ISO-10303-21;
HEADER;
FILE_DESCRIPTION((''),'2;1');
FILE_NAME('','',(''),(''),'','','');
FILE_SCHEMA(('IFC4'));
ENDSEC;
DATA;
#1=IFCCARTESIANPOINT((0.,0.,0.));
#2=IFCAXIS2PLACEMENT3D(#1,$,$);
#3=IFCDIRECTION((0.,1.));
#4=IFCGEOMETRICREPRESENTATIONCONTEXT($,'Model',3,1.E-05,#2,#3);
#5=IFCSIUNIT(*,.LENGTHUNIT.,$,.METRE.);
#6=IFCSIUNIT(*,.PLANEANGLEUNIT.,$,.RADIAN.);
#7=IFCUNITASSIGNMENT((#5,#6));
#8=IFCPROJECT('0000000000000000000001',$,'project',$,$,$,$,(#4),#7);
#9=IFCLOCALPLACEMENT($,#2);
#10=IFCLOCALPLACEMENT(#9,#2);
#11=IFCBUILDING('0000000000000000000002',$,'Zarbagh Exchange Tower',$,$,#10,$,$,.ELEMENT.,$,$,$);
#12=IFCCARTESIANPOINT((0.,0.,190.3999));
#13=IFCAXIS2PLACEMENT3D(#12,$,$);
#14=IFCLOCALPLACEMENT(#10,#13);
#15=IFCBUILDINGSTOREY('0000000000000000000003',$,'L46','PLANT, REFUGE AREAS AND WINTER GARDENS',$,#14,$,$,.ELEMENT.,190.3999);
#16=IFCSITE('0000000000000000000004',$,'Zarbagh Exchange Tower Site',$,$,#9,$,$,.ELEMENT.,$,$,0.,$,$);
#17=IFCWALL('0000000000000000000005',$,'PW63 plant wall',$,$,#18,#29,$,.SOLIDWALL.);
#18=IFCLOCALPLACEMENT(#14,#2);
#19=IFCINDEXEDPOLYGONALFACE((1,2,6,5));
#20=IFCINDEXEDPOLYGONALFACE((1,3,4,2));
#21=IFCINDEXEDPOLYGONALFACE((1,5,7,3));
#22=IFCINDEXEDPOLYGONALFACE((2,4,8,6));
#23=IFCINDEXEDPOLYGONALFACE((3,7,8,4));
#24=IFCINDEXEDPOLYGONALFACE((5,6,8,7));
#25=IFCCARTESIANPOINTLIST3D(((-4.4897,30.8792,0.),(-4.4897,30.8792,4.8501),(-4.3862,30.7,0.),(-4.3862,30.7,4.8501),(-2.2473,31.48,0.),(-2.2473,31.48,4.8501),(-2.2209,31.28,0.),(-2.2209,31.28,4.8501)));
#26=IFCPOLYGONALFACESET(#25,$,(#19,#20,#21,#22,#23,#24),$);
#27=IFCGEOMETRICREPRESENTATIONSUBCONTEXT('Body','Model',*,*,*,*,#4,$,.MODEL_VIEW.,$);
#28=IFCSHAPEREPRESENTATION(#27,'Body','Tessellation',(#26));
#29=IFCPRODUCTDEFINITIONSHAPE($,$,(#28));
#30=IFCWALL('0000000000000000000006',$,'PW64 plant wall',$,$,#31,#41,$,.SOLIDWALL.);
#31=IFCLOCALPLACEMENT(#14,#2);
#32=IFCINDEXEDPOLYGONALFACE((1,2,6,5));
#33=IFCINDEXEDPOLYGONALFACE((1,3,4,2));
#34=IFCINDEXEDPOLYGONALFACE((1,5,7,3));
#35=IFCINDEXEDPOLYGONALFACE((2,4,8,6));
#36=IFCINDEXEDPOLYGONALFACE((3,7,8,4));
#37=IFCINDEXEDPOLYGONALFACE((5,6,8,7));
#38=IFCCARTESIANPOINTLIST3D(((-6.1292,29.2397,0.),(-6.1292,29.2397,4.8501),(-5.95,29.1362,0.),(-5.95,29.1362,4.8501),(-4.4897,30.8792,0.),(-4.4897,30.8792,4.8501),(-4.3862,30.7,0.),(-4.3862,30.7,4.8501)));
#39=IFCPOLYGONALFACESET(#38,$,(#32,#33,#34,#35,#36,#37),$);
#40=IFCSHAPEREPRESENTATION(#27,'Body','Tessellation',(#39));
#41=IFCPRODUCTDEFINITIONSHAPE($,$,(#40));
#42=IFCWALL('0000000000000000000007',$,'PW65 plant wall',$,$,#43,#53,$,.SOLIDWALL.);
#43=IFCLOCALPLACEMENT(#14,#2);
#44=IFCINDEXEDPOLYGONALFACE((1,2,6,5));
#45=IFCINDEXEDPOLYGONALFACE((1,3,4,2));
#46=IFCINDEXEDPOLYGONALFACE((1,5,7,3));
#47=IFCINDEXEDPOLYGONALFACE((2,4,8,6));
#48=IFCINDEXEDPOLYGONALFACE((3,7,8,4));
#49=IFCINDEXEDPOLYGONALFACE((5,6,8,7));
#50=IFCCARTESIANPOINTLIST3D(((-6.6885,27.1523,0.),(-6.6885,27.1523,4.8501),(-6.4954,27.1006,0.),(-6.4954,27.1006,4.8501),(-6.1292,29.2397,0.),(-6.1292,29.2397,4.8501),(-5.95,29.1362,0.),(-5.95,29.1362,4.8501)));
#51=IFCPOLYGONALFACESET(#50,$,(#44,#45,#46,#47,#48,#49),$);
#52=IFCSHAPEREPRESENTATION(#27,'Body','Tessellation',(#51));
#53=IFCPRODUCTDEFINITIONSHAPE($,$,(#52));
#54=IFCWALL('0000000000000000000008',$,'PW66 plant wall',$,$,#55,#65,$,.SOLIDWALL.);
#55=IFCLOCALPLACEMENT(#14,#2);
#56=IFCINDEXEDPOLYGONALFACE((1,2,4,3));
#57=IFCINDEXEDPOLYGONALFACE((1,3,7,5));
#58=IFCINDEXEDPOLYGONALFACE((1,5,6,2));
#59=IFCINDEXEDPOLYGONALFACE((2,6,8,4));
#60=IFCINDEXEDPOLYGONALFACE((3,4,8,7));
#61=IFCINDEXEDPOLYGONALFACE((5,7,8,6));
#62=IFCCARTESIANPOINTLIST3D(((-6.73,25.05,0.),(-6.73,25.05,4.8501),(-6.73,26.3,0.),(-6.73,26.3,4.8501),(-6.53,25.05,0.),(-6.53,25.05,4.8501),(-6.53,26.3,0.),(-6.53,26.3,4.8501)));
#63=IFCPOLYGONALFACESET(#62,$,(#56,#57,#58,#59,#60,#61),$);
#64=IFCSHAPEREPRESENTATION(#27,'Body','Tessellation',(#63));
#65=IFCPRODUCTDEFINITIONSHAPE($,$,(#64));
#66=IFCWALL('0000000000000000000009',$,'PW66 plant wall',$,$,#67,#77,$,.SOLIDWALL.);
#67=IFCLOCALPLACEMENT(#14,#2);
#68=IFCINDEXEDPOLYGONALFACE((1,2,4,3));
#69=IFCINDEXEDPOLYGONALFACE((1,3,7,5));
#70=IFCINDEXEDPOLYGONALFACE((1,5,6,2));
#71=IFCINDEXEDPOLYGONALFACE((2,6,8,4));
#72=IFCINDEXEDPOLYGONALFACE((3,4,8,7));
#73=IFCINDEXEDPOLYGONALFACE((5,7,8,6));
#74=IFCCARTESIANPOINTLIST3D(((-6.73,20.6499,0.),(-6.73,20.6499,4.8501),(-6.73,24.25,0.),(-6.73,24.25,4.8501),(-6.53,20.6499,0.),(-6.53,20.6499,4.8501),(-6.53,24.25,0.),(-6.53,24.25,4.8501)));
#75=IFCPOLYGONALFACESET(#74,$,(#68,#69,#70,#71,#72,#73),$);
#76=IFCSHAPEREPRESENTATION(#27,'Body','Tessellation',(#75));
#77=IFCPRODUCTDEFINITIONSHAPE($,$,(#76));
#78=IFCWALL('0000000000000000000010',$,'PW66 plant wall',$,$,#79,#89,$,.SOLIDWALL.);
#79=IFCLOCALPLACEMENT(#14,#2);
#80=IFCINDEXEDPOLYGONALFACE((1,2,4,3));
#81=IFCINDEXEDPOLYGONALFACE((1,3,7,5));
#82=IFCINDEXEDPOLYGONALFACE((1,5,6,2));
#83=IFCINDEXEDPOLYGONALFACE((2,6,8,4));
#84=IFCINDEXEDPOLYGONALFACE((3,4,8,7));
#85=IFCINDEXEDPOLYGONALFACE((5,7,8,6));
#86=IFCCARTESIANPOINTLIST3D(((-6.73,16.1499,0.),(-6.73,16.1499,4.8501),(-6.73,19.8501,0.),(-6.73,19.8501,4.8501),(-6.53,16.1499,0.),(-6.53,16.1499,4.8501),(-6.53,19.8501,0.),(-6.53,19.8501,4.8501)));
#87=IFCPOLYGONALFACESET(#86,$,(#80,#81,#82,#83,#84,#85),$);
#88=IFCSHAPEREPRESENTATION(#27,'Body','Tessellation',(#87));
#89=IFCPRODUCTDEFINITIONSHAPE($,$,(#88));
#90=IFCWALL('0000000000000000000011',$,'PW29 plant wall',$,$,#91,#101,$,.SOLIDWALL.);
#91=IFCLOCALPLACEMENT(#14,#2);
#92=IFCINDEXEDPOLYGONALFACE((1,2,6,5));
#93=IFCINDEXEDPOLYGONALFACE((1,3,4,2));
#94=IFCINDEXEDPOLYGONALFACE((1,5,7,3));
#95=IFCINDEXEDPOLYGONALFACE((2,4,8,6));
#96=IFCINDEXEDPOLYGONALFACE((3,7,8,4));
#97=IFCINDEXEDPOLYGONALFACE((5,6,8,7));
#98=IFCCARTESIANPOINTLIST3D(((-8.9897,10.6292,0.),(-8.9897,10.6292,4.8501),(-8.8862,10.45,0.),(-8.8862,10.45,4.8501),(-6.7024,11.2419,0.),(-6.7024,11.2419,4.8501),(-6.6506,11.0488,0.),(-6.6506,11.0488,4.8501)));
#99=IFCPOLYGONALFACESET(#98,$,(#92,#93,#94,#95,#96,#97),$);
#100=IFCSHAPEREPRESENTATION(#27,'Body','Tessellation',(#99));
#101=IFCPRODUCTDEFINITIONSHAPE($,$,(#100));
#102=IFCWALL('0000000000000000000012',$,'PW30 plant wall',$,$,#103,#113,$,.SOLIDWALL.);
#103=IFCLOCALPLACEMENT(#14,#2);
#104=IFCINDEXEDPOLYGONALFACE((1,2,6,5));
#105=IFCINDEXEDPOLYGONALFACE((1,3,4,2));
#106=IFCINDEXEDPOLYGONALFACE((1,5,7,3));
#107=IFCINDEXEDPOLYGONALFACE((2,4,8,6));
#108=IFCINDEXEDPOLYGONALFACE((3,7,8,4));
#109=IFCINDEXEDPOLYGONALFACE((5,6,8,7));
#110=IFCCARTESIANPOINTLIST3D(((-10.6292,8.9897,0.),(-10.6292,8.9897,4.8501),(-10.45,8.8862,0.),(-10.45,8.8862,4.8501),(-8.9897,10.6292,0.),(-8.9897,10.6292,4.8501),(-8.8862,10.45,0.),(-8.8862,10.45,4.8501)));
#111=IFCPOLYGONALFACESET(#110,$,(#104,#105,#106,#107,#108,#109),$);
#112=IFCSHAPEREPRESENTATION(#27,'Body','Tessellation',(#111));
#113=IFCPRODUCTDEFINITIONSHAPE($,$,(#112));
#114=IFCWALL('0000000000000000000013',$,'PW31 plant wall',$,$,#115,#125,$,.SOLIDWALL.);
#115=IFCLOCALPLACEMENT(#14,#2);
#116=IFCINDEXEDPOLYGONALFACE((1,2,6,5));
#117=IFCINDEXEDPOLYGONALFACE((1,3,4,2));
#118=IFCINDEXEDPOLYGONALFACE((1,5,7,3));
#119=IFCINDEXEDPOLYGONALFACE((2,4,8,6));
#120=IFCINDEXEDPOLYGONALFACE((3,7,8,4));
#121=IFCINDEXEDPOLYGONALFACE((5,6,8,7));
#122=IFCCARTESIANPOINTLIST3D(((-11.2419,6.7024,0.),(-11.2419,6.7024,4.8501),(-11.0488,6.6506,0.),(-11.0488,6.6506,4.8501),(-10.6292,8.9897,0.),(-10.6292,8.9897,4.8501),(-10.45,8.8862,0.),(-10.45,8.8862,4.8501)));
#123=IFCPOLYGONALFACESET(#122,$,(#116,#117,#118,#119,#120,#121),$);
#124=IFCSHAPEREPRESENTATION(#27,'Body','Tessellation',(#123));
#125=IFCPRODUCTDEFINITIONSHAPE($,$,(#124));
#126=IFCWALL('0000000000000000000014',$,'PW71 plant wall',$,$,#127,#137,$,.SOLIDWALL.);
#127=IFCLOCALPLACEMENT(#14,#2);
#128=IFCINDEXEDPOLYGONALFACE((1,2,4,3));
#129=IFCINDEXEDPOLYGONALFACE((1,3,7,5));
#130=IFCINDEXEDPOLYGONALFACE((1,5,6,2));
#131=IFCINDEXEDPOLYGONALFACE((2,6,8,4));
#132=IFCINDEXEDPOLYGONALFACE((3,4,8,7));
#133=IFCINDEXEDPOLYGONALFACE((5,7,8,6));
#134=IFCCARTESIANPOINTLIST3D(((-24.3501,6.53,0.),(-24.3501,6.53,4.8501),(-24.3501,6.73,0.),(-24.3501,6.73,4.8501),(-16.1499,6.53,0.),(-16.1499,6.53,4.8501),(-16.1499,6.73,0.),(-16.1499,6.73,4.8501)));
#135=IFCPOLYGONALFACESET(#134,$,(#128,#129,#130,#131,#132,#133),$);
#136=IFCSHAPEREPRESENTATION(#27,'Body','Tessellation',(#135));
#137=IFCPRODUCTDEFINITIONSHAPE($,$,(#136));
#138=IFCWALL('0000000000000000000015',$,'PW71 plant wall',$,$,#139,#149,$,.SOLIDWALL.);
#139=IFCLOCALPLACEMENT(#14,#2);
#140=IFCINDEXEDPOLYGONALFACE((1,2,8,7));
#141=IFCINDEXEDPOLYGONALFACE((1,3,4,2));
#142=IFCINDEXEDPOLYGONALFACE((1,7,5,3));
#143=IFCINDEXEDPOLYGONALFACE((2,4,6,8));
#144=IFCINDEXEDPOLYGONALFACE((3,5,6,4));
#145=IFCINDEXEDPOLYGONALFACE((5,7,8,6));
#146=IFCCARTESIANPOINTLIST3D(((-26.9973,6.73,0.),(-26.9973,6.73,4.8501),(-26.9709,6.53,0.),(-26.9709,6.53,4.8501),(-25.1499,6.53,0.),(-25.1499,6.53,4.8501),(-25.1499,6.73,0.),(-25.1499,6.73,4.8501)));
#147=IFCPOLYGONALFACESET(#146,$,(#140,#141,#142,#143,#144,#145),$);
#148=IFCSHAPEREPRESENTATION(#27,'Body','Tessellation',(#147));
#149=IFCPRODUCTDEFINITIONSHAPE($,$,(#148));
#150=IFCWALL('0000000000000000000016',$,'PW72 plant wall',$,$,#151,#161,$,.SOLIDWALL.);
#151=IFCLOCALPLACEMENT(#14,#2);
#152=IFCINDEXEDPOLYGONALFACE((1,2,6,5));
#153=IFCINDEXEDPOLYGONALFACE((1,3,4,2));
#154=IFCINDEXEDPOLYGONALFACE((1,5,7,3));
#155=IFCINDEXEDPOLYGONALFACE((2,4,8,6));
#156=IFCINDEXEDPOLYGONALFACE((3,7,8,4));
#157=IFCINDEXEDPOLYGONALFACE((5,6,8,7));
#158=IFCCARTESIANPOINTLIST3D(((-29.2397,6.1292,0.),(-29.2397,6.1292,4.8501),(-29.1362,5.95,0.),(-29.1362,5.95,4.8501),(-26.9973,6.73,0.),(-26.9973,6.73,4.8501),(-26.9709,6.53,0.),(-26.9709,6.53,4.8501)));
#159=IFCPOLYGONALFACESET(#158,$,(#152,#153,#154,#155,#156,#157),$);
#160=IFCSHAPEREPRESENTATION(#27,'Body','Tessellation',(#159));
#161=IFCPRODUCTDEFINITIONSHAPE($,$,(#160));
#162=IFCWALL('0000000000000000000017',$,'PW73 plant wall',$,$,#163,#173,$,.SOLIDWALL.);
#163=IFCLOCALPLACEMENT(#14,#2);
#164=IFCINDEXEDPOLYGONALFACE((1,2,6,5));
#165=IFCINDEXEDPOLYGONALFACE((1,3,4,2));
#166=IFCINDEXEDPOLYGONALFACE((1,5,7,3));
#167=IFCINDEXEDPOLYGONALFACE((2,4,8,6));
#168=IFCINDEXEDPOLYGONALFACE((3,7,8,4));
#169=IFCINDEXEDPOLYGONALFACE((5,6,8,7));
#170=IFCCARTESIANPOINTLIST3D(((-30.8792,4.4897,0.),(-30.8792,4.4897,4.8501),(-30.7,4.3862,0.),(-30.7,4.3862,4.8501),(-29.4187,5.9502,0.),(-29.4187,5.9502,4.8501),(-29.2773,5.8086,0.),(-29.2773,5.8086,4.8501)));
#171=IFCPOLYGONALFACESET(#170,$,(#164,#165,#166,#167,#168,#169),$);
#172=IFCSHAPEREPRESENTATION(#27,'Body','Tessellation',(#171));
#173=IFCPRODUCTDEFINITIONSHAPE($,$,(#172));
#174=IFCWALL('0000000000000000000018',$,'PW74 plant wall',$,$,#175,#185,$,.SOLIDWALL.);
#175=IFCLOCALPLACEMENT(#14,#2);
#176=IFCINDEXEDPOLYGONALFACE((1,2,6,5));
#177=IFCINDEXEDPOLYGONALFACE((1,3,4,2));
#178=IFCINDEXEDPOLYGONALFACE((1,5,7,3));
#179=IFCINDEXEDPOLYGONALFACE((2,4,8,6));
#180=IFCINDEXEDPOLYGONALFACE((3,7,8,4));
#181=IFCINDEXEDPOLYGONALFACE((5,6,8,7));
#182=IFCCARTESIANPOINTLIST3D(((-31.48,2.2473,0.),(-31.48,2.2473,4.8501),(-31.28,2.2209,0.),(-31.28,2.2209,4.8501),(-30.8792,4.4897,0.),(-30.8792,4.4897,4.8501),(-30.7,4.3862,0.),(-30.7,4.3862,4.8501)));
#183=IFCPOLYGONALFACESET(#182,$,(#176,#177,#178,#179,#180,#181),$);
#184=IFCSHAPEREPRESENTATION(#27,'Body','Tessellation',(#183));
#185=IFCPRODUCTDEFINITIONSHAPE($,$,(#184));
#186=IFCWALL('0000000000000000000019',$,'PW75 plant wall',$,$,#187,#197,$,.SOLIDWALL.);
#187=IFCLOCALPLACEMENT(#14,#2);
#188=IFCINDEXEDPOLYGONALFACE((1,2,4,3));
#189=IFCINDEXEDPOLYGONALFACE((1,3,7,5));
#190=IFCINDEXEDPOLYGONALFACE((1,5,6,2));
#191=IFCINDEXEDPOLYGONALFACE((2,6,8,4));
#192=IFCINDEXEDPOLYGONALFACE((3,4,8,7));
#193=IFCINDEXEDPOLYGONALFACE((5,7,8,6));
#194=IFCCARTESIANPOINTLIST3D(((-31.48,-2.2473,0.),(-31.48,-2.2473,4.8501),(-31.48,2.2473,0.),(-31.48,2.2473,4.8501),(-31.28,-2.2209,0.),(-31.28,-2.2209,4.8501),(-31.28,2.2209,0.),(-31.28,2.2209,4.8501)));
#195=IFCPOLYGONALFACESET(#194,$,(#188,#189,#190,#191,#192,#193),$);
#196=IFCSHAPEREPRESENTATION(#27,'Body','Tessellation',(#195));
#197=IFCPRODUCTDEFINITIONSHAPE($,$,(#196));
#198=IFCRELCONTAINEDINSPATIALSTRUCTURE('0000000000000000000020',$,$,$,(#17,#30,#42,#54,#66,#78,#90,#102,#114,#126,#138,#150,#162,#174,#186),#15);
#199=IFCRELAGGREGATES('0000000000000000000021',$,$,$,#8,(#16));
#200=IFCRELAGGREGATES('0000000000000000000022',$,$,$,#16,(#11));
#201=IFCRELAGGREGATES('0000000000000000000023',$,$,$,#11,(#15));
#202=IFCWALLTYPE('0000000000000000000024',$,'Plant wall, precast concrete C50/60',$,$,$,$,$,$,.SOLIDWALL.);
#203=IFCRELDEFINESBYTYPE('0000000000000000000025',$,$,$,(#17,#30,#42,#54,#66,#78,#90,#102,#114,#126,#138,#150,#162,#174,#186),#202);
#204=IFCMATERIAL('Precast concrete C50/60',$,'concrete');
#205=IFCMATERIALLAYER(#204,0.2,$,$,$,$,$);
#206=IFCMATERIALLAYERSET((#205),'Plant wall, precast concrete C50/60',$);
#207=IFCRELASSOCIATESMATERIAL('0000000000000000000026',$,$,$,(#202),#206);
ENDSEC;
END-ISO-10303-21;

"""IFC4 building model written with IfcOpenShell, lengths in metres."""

from ifc_helpers import new_model, si_unit, direction, frame, origin, place, context, subcontext, project, spatial, polyline, outline, extrude, material, layer, layer_set, type_object, element, save


model = new_model("IFC4")

# Units and contexts
model_context = context("Model", 3, precision=1e-05, world=origin(), true_north=direction((0.0, 1.0)))
body_context = subcontext(model_context, "Body", "Model", "MODEL_VIEW")
ifc_project = project(units=[si_unit("LENGTHUNIT", "METRE"), si_unit("PLANEANGLEUNIT", "RADIAN")], contexts=[model_context])

# Site, building, storey
site_placement = place(None, origin())
site = spatial("IfcSite", under=ifc_project, at=site_placement, Name="Zarbagh Exchange Tower Site", CompositionType="ELEMENT", RefElevation=0.0)
building_placement = place(site_placement, origin())
building = spatial("IfcBuilding", under=site, at=building_placement, Name="Zarbagh Exchange Tower", CompositionType="ELEMENT")
storey_placement = place(building_placement, frame((0.0, 0.0, 190.3999)))
storey = spatial("IfcBuildingStorey", under=building, at=storey_placement, Name="L46", Description="PLANT, REFUGE AREAS AND WINTER GARDENS", CompositionType="ELEMENT", Elevation=190.3999)

# Walls
ifc_material_1 = material(Name="Precast concrete C50/60", Category="concrete")
ifc_layer_1 = layer(ifc_material_1, 0.2)
ifc_layer_set_1 = layer_set([ifc_layer_1], Name="Plant wall, precast concrete C50/60")
wall_type = type_object("IfcWallType", Name="Plant wall, precast concrete C50/60", PredefinedType="SOLIDWALL", material=ifc_layer_set_1)
wall_1_placement = place(storey_placement, origin())
element("IfcWall", 1, at=wall_1_placement, inside=storey, type_object=wall_type, Name="PW63 plant wall", PredefinedType="SOLIDWALL", context=body_context, shape_type="SweptSolid", body=[
    extrude(outline(polyline([(-2.2473, 31.48), (-4.4897, 30.8792), (-4.3862, 30.7), (-2.2209, 31.28), (-2.2473, 31.48)])), origin(), (0.0, 0.0, 1.0), 4.8501),
])
wall_2_placement = place(storey_placement, origin())
element("IfcWall", 2, at=wall_2_placement, inside=storey, type_object=wall_type, Name="PW64 plant wall", PredefinedType="SOLIDWALL", context=body_context, shape_type="SweptSolid", body=[
    extrude(outline(polyline([(-4.4897, 30.8792), (-6.1292, 29.2397), (-5.95, 29.1362), (-4.3862, 30.7), (-4.4897, 30.8792)])), origin(), (0.0, 0.0, 1.0), 4.8501),
])
wall_3_placement = place(storey_placement, origin())
element("IfcWall", 3, at=wall_3_placement, inside=storey, type_object=wall_type, Name="PW65 plant wall", PredefinedType="SOLIDWALL", context=body_context, shape_type="SweptSolid", body=[
    extrude(outline(polyline([(-6.1292, 29.2397), (-6.6885, 27.1523), (-6.4954, 27.1006), (-5.95, 29.1362), (-6.1292, 29.2397)])), origin(), (0.0, 0.0, 1.0), 4.8501),
])
wall_4_placement = place(storey_placement, origin())
element("IfcWall", 4, at=wall_4_placement, inside=storey, type_object=wall_type, Name="PW66 plant wall", PredefinedType="SOLIDWALL", context=body_context, shape_type="SweptSolid", body=[
    extrude(outline(polyline([(-6.73, 26.3), (-6.73, 25.05), (-6.53, 25.05), (-6.53, 26.3), (-6.73, 26.3)])), origin(), (0.0, 0.0, 1.0), 4.8501),
])
wall_5_placement = place(storey_placement, origin())
element("IfcWall", 5, at=wall_5_placement, inside=storey, type_object=wall_type, Name="PW66 plant wall", PredefinedType="SOLIDWALL", context=body_context, shape_type="SweptSolid", body=[
    extrude(outline(polyline([(-6.73, 24.25), (-6.73, 20.6499), (-6.53, 20.6499), (-6.53, 24.25), (-6.73, 24.25)])), origin(), (0.0, 0.0, 1.0), 4.8501),
])
wall_6_placement = place(storey_placement, origin())
element("IfcWall", 6, at=wall_6_placement, inside=storey, type_object=wall_type, Name="PW66 plant wall", PredefinedType="SOLIDWALL", context=body_context, shape_type="SweptSolid", body=[
    extrude(outline(polyline([(-6.73, 19.8501), (-6.73, 16.1499), (-6.53, 16.1499), (-6.53, 19.8501), (-6.73, 19.8501)])), origin(), (0.0, 0.0, 1.0), 4.8501),
])
wall_7_placement = place(storey_placement, origin())
element("IfcWall", 7, at=wall_7_placement, inside=storey, type_object=wall_type, Name="PW29 plant wall", PredefinedType="SOLIDWALL", context=body_context, shape_type="SweptSolid", body=[
    extrude(outline(polyline([(-6.7024, 11.2419), (-8.9897, 10.6292), (-8.8862, 10.45), (-6.6506, 11.0488), (-6.7024, 11.2419)])), origin(), (0.0, 0.0, 1.0), 4.8501),
])
wall_8_placement = place(storey_placement, origin())
element("IfcWall", 8, at=wall_8_placement, inside=storey, type_object=wall_type, Name="PW30 plant wall", PredefinedType="SOLIDWALL", context=body_context, shape_type="SweptSolid", body=[
    extrude(outline(polyline([(-8.9897, 10.6292), (-10.6292, 8.9897), (-10.45, 8.8862), (-8.8862, 10.45), (-8.9897, 10.6292)])), origin(), (0.0, 0.0, 1.0), 4.8501),
])
wall_9_placement = place(storey_placement, origin())
element("IfcWall", 9, at=wall_9_placement, inside=storey, type_object=wall_type, Name="PW31 plant wall", PredefinedType="SOLIDWALL", context=body_context, shape_type="SweptSolid", body=[
    extrude(outline(polyline([(-10.6292, 8.9897), (-11.2419, 6.7024), (-11.0488, 6.6506), (-10.45, 8.8862), (-10.6292, 8.9897)])), origin(), (0.0, 0.0, 1.0), 4.8501),
])
wall_10_placement = place(storey_placement, origin())
element("IfcWall", 10, at=wall_10_placement, inside=storey, type_object=wall_type, Name="PW71 plant wall", PredefinedType="SOLIDWALL", context=body_context, shape_type="SweptSolid", body=[
    extrude(outline(polyline([(-16.1499, 6.73), (-24.3501, 6.73), (-24.3501, 6.53), (-16.1499, 6.53), (-16.1499, 6.73)])), origin(), (0.0, 0.0, 1.0), 4.8501),
])
wall_11_placement = place(storey_placement, origin())
element("IfcWall", 11, at=wall_11_placement, inside=storey, type_object=wall_type, Name="PW71 plant wall", PredefinedType="SOLIDWALL", context=body_context, shape_type="SweptSolid", body=[
    extrude(outline(polyline([(-25.1499, 6.73), (-26.9973, 6.73), (-26.9709, 6.53), (-25.1499, 6.53), (-25.1499, 6.73)])), origin(), (0.0, 0.0, 1.0), 4.8501),
])
wall_12_placement = place(storey_placement, origin())
element("IfcWall", 12, at=wall_12_placement, inside=storey, type_object=wall_type, Name="PW72 plant wall", PredefinedType="SOLIDWALL", context=body_context, shape_type="SweptSolid", body=[
    extrude(outline(polyline([(-26.9973, 6.73), (-29.2397, 6.1292), (-29.1362, 5.95), (-26.9709, 6.53), (-26.9973, 6.73)])), origin(), (0.0, 0.0, 1.0), 4.8501),
])
wall_13_placement = place(storey_placement, origin())
element("IfcWall", 13, at=wall_13_placement, inside=storey, type_object=wall_type, Name="PW73 plant wall", PredefinedType="SOLIDWALL", context=body_context, shape_type="SweptSolid", body=[
    extrude(outline(polyline([(-29.4187, 5.9502), (-30.8792, 4.4897), (-30.7, 4.3862), (-29.2773, 5.8086), (-29.4187, 5.9502)])), origin(), (0.0, 0.0, 1.0), 4.8501),
])
wall_14_placement = place(storey_placement, origin())
element("IfcWall", 14, at=wall_14_placement, inside=storey, type_object=wall_type, Name="PW74 plant wall", PredefinedType="SOLIDWALL", context=body_context, shape_type="SweptSolid", body=[
    extrude(outline(polyline([(-30.8792, 4.4897), (-31.48, 2.2473), (-31.28, 2.2209), (-30.7, 4.3862), (-30.8792, 4.4897)])), origin(), (0.0, 0.0, 1.0), 4.8501),
])
wall_15_placement = place(storey_placement, origin())
element("IfcWall", 15, at=wall_15_placement, inside=storey, type_object=wall_type, Name="PW75 plant wall", PredefinedType="SOLIDWALL", context=body_context, shape_type="SweptSolid", body=[
    extrude(outline(polyline([(-31.48, 2.2473), (-31.48, -2.2473), (-31.28, -2.2209), (-31.28, 2.2209), (-31.48, 2.2473)])), origin(), (0.0, 0.0, 1.0), 4.8501),
])

save(model, "model.ifc")
